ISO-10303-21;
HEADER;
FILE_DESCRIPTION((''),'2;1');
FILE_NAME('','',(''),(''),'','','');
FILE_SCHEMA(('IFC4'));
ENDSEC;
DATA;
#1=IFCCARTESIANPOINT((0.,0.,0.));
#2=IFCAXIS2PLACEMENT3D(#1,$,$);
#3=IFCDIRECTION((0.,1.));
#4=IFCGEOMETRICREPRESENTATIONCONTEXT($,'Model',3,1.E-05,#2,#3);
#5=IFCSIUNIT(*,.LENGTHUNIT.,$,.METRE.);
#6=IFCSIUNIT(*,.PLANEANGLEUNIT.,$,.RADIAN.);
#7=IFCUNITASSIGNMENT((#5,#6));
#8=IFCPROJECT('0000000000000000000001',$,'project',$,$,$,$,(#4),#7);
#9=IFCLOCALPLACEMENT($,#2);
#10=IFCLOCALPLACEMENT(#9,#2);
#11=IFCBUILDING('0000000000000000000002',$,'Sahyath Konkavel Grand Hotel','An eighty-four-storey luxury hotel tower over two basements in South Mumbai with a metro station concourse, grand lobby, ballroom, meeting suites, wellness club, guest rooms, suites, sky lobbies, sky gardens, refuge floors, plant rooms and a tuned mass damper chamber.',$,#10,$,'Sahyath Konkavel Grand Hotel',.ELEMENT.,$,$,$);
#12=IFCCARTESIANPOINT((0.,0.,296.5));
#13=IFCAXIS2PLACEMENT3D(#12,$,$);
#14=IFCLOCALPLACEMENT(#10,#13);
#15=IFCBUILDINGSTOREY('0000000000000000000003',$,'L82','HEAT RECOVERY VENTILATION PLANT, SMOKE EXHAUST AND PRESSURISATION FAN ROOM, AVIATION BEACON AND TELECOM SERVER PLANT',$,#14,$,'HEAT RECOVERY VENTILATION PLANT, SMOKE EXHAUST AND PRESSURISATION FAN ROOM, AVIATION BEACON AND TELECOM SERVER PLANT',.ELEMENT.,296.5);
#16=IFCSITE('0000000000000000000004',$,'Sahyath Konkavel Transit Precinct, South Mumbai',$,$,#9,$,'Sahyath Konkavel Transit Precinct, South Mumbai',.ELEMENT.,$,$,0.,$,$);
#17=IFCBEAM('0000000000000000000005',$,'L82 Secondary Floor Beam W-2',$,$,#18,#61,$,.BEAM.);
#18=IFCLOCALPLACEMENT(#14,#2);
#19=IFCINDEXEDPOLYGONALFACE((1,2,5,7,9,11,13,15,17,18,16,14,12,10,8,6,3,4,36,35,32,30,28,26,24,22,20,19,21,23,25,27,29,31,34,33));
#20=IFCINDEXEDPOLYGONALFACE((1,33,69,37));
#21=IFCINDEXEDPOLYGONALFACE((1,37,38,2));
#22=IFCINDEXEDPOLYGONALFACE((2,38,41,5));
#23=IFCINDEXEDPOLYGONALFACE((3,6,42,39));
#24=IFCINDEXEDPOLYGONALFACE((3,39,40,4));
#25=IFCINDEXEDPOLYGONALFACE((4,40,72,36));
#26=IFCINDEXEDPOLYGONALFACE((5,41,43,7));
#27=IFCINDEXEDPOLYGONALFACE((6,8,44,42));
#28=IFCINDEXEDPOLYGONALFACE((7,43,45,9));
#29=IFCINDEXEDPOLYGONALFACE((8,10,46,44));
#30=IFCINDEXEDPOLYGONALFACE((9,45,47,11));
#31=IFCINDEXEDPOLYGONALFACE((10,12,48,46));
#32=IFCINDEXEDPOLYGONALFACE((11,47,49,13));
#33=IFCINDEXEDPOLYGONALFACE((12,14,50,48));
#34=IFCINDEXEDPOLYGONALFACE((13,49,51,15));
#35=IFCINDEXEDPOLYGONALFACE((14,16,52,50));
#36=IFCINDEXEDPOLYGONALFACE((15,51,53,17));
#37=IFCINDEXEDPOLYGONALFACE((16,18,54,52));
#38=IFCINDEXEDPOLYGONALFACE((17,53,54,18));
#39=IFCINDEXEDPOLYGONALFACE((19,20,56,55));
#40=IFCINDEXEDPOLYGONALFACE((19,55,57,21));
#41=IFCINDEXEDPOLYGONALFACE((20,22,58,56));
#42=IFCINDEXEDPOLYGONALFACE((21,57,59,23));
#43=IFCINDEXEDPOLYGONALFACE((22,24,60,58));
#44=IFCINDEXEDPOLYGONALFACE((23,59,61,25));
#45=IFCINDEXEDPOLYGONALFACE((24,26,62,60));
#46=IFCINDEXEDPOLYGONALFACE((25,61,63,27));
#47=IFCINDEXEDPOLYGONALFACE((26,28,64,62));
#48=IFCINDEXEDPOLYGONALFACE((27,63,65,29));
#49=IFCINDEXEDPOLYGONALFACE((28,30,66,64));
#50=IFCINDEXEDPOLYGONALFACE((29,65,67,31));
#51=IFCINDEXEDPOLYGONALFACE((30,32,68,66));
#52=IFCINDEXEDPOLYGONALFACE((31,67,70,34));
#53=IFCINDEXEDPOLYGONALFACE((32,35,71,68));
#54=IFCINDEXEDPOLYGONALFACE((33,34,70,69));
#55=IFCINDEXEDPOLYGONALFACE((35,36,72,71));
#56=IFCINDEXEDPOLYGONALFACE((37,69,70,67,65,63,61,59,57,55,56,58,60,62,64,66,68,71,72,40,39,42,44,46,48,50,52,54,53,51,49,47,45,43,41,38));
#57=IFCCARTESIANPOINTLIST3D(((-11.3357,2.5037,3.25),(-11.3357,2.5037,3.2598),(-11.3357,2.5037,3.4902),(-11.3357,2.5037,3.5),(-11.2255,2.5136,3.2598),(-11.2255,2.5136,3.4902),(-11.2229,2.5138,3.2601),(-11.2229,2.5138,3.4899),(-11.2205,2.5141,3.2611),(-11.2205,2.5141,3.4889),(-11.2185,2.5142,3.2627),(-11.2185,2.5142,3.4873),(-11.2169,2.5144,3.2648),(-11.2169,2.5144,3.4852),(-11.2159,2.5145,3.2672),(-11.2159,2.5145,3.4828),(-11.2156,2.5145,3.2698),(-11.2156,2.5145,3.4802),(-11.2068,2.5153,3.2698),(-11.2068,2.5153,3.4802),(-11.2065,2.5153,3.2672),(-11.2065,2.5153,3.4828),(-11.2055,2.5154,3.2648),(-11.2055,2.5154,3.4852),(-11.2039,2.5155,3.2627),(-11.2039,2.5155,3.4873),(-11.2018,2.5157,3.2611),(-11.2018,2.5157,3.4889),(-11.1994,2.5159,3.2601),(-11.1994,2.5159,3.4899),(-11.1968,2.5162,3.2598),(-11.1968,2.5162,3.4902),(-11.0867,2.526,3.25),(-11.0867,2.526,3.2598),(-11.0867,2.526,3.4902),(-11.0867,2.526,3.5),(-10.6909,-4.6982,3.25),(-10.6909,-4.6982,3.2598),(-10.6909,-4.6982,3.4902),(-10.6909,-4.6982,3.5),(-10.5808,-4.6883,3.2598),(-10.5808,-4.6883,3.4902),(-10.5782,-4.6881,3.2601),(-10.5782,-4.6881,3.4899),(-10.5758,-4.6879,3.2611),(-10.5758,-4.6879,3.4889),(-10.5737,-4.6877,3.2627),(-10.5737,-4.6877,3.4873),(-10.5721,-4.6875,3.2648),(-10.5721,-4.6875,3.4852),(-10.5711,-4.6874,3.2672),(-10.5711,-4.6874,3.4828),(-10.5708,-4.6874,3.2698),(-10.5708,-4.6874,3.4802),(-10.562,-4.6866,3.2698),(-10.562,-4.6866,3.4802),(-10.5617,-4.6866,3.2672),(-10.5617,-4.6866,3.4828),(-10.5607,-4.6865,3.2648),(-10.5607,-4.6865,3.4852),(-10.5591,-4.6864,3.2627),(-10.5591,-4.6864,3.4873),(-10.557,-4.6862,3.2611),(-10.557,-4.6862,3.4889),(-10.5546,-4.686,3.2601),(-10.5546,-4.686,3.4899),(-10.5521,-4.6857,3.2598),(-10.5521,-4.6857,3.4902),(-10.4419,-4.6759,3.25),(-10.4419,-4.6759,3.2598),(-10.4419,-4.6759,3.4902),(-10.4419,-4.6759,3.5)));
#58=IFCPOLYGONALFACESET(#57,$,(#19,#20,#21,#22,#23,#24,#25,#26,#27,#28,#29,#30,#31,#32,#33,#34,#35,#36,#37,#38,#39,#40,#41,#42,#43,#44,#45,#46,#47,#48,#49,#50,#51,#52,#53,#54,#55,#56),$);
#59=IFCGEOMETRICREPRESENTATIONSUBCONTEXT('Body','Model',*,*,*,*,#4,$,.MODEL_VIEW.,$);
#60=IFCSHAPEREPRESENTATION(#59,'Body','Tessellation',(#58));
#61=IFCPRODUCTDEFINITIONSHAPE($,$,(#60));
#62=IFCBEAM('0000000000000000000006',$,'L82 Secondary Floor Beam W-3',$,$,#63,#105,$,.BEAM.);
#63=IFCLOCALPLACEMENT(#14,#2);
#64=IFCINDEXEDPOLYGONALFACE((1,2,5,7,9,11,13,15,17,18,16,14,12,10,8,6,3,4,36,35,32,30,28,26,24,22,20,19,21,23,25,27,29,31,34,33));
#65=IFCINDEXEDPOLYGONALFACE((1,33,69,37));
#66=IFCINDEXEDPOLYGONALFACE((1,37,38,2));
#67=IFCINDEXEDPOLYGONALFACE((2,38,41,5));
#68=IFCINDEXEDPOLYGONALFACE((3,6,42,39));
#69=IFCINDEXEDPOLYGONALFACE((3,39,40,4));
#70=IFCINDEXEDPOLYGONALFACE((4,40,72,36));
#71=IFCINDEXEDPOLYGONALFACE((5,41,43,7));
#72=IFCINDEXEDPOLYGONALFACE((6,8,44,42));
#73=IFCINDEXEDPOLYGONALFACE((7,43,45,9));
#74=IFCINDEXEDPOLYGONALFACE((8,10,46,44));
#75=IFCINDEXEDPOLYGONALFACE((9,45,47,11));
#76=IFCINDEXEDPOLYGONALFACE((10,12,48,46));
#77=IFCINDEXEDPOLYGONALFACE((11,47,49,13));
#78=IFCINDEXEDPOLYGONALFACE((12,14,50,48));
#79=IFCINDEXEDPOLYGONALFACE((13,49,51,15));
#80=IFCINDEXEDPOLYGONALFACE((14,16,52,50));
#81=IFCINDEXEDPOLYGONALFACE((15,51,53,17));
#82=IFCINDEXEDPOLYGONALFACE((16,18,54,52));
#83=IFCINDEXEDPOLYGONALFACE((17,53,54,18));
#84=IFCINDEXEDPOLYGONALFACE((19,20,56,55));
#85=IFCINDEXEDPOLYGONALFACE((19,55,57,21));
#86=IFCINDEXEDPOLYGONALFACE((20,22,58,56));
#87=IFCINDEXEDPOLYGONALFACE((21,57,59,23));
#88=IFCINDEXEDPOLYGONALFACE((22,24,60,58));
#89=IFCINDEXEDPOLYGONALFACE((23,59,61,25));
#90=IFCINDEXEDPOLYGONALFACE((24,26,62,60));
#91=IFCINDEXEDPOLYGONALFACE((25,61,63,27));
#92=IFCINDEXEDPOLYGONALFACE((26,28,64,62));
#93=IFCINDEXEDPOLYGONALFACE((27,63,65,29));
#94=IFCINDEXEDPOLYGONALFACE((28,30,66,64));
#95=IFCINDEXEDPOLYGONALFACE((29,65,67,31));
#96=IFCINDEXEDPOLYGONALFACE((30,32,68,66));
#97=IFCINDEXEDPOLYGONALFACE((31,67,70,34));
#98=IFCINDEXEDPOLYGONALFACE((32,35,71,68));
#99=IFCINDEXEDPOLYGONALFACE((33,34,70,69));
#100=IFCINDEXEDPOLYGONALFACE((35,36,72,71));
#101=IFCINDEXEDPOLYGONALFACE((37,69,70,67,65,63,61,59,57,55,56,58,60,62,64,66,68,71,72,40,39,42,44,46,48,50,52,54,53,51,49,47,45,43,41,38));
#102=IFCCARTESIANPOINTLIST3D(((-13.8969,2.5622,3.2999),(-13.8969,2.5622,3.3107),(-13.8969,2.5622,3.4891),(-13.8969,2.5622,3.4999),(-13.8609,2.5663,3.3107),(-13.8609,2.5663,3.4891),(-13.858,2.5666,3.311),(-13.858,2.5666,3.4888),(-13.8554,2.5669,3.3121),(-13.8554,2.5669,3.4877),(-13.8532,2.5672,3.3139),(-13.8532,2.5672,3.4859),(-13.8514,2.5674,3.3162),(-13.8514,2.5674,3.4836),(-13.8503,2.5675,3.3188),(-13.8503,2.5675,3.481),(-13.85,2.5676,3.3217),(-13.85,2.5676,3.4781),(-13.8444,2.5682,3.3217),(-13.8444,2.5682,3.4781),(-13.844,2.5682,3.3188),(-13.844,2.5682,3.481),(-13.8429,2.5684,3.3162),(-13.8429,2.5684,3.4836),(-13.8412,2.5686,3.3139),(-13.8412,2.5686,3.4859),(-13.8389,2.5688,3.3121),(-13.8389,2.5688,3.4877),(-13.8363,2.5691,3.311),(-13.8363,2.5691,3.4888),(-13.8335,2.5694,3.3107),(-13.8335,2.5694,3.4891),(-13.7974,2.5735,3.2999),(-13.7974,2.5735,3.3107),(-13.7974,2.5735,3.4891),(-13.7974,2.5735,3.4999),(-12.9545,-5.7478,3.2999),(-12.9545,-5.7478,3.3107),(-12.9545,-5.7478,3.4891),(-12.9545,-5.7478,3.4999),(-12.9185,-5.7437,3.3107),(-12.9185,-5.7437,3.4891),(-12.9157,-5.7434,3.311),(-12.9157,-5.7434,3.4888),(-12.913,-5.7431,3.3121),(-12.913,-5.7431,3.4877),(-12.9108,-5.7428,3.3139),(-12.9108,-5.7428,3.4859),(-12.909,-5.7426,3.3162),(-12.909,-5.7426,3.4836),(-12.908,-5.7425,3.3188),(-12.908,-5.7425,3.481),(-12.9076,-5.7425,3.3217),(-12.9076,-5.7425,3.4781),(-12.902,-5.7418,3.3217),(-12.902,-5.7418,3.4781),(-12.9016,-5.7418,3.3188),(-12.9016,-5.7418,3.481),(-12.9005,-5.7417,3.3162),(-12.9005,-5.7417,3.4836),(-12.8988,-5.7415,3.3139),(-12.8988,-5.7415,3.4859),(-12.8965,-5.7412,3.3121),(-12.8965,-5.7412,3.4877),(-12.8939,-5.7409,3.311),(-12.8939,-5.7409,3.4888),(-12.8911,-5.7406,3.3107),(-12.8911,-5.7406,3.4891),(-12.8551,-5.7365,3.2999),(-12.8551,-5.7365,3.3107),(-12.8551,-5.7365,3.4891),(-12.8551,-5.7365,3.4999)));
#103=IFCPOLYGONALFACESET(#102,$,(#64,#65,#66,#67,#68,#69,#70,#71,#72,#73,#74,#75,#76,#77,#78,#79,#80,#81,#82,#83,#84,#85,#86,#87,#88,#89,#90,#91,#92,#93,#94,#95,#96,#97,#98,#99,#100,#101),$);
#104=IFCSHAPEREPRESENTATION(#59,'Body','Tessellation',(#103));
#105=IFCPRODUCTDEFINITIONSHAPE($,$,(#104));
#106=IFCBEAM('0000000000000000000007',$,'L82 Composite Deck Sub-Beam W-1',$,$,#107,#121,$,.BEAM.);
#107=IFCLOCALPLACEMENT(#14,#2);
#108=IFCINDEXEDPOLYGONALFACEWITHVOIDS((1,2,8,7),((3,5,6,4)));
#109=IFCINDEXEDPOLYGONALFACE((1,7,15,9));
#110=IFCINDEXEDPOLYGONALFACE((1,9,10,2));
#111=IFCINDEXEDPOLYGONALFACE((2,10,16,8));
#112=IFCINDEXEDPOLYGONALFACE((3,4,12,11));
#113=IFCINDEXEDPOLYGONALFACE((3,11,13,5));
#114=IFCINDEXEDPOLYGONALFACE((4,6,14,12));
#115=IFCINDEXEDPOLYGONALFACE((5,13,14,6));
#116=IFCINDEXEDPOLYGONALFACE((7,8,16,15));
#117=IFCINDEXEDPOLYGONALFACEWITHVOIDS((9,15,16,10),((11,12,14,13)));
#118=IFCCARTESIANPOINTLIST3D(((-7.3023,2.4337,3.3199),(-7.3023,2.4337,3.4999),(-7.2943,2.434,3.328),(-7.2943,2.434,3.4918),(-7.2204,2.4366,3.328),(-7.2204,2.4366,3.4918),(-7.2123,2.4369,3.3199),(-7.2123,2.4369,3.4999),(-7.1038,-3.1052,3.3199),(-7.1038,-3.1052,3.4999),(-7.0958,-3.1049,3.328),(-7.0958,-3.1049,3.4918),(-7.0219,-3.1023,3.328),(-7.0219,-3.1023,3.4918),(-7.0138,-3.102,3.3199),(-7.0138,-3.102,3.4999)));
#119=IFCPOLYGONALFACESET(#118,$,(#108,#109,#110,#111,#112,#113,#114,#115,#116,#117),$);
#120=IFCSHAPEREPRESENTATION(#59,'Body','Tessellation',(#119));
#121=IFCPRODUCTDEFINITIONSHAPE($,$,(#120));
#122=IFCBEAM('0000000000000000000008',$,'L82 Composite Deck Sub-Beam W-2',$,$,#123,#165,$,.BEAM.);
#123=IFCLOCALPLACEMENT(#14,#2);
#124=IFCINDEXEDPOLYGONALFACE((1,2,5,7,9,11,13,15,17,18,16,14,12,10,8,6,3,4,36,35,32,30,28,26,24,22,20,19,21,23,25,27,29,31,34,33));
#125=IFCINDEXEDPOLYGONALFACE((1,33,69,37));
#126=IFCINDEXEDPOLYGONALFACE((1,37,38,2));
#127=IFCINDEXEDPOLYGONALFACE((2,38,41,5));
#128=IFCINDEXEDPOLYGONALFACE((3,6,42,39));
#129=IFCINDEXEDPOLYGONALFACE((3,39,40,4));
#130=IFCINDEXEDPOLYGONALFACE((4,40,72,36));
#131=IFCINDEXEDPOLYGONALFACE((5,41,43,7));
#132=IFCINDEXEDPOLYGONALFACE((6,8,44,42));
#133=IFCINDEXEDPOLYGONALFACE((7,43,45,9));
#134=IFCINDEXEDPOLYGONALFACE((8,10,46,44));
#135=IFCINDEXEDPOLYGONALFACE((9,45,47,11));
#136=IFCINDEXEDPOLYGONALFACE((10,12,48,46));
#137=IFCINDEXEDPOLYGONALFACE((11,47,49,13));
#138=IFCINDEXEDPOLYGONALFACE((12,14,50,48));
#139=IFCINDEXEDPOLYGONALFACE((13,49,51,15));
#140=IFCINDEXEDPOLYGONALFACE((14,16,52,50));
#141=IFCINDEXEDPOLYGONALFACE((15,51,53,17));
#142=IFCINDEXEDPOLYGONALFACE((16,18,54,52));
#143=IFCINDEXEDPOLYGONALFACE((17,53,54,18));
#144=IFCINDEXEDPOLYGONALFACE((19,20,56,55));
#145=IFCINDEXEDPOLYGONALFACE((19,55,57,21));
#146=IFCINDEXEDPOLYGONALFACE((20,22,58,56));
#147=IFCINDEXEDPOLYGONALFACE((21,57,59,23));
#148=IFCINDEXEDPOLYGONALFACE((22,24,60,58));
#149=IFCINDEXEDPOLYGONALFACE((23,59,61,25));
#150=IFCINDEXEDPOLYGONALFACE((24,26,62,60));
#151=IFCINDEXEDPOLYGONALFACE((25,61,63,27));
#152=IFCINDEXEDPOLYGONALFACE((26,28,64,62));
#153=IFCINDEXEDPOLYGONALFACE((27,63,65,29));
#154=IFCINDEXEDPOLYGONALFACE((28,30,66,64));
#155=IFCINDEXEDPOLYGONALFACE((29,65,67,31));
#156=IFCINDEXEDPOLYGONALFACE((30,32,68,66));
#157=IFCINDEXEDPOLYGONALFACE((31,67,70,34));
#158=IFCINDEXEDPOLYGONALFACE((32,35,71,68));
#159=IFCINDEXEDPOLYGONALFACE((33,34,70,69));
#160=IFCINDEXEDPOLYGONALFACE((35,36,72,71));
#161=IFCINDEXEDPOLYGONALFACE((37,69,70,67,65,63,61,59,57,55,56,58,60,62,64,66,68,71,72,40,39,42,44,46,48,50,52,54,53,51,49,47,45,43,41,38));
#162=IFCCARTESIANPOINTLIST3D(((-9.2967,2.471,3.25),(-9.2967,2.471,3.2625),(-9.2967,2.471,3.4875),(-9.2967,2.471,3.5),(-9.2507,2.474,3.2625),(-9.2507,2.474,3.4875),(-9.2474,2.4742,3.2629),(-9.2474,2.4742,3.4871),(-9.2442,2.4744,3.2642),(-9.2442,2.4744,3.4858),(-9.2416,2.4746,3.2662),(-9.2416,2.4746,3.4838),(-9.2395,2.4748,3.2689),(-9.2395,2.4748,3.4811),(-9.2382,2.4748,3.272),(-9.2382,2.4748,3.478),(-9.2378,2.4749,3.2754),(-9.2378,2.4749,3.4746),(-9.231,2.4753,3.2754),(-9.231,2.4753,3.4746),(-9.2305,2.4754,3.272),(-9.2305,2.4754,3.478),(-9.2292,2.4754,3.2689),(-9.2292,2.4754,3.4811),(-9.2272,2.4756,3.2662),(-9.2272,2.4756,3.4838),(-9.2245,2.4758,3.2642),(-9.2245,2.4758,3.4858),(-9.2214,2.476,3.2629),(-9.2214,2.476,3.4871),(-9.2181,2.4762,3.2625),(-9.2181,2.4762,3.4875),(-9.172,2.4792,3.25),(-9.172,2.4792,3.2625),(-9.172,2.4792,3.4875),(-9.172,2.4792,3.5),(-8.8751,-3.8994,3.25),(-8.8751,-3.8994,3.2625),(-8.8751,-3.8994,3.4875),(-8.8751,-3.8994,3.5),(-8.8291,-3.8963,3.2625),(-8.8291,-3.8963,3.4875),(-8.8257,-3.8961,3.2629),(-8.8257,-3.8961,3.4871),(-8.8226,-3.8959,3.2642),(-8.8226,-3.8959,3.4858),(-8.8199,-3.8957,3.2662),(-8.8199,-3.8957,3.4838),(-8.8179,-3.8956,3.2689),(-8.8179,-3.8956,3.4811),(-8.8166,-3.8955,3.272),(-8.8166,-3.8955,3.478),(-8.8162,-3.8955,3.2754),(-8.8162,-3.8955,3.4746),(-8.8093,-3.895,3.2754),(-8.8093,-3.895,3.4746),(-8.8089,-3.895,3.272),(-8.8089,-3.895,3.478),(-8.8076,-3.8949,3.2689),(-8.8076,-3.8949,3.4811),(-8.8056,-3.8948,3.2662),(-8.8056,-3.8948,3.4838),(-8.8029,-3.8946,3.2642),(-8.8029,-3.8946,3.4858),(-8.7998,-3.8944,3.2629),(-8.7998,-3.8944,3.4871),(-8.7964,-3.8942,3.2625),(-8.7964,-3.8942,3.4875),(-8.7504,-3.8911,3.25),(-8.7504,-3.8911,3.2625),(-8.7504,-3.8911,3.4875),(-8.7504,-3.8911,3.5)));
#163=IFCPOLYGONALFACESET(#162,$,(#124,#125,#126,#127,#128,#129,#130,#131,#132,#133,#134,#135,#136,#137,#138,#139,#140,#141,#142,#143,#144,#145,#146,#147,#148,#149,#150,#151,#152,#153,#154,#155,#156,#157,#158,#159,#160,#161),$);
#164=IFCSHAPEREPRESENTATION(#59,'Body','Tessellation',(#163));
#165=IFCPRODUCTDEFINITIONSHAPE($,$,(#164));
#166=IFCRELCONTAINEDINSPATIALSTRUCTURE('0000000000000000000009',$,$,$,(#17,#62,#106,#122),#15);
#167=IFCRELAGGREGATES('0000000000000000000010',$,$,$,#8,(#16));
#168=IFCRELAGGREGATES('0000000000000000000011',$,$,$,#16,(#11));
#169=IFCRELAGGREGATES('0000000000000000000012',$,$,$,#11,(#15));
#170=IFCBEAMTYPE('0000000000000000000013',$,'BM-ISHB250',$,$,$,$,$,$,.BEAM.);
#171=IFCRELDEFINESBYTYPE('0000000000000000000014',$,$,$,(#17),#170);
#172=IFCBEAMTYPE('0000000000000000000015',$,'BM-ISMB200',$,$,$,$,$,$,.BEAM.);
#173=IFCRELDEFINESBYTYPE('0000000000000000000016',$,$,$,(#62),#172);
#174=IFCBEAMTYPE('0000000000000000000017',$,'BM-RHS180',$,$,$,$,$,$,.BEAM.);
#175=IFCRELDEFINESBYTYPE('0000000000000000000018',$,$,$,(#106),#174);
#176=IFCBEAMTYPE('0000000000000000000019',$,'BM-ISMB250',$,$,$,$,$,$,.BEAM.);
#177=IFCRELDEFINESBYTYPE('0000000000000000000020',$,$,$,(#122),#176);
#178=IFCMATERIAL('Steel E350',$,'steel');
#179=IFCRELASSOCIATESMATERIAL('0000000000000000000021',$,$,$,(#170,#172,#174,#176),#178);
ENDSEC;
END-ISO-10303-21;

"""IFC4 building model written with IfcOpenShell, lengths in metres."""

from ifc_helpers import new_model, si_unit, direction, frame, origin, origin_2d, place, context, subcontext, project, spatial, hollow_rectangle, i_section, extrude, source, transform, mapped, material, material_profile, profile_set, type_object, element, save


model = new_model("IFC4")

# Units and contexts
model_context = context("Model", 3, precision=1e-05, world=origin(), true_north=direction((0.0, 1.0)))
body_context = subcontext(model_context, "Body", "Model", "MODEL_VIEW")
ifc_project = project(units=[si_unit("LENGTHUNIT", "METRE"), si_unit("PLANEANGLEUNIT", "RADIAN")], contexts=[model_context])

# Site, building, storey
site_placement = place(None, origin())
site = spatial("IfcSite", under=ifc_project, at=site_placement, Name="Sahyath Konkavel Transit Precinct, South Mumbai", LongName="Sahyath Konkavel Transit Precinct, South Mumbai", CompositionType="ELEMENT", RefElevation=0.0)
building_placement = place(site_placement, origin())
building = spatial("IfcBuilding", under=site, at=building_placement, Name="Sahyath Konkavel Grand Hotel", Description="An eighty-four-storey luxury hotel tower over two basements in South Mumbai with a metro station concourse, grand lobby, ballroom, meeting suites, wellness club, guest rooms, suites, sky lobbies, sky gardens, refuge floors, plant rooms and a tuned mass damper chamber.", LongName="Sahyath Konkavel Grand Hotel", CompositionType="ELEMENT")
storey_placement = place(building_placement, frame((0.0, 0.0, 296.5)))
storey = spatial("IfcBuildingStorey", under=building, at=storey_placement, Name="L82", Description="HEAT RECOVERY VENTILATION PLANT, SMOKE EXHAUST AND PRESSURISATION FAN ROOM, AVIATION BEACON AND TELECOM SERVER PLANT", LongName="HEAT RECOVERY VENTILATION PLANT, SMOKE EXHAUST AND PRESSURISATION FAN ROOM, AVIATION BEACON AND TELECOM SERVER PLANT", CompositionType="ELEMENT", Elevation=296.5)

# Beams
ifc_material_1 = material(Name="Steel E350", Category="steel")
ifc_material_profile_1 = material_profile(ifc_material_1, i_section(OverallWidth=0.25, OverallDepth=0.25, WebThickness=0.0088, FlangeThickness=0.0098, FilletRadius=0.01, at=origin_2d()), Name="ISHB 250")
ifc_profile_set_1 = profile_set([ifc_material_profile_1], Name="Steel E350")
beam_type_1 = type_object("IfcBeamType", Name="BM-ISHB250", PredefinedType="BEAM", material=ifc_profile_set_1)
shared_shape_1 = source(origin(), body_context, "Body", "SweptSolid", [
    extrude(i_section(OverallWidth=0.25, OverallDepth=0.25, WebThickness=0.0088, FlangeThickness=0.0098, FilletRadius=0.01, at=origin_2d()), origin(), (0.0, 0.0, 1.0), 7.2307),
])
beam_1_placement = place(storey_placement, frame((-11.2112, 2.5149, 3.375), z_axis=(0.089172, -0.996016, 0.0), x_axis=(0.996016, 0.089172, 0.0)))
element("IfcBeam", 1, at=beam_1_placement, inside=storey, type_object=beam_type_1, Name="L82 Secondary Floor Beam W-2", PredefinedType="BEAM", context=body_context, shape_type="MappedRepresentation", body=[
    mapped(shared_shape_1, transform((0.0, 0.0, 0.0), scale=1.0)),
])
ifc_material_profile_2 = material_profile(ifc_material_1, i_section(OverallWidth=0.1001, OverallDepth=0.2, WebThickness=0.0056, FlangeThickness=0.0107, FilletRadius=0.011, at=origin_2d()), Name="ISMB 200")
ifc_profile_set_2 = profile_set([ifc_material_profile_2], Name="Steel E350")
beam_type_2 = type_object("IfcBeamType", Name="BM-ISMB200", PredefinedType="BEAM", material=ifc_profile_set_2)
shared_shape_2 = source(origin(), body_context, "Body", "SweptSolid", [
    extrude(i_section(OverallWidth=0.1001, OverallDepth=0.2, WebThickness=0.0056, FlangeThickness=0.0107, FilletRadius=0.011, at=origin_2d()), origin(), (0.0, 0.0, 1.0), 8.3633),
])
beam_2_placement = place(storey_placement, frame((-13.8472, 2.5679, 3.3999), z_axis=(0.11268, -0.993631, 0.0), x_axis=(0.993631, 0.11268, 0.0)))
element("IfcBeam", 2, at=beam_2_placement, inside=storey, type_object=beam_type_2, Name="L82 Secondary Floor Beam W-3", PredefinedType="BEAM", context=body_context, shape_type="MappedRepresentation", body=[
    mapped(shared_shape_2, transform((0.0, 0.0, 0.0), scale=1.0)),
])
ifc_material_profile_3 = material_profile(ifc_material_1, hollow_rectangle(XDim=0.0901, YDim=0.1799, WallThickness=0.0081, at=origin_2d()), Name="RHS 180x90x8")
ifc_profile_set_3 = profile_set([ifc_material_profile_3], Name="Steel E350")
beam_type_3 = type_object("IfcBeamType", Name="BM-RHS180", PredefinedType="BEAM", material=ifc_profile_set_3)
shared_shape_3 = source(origin(), body_context, "Body", "SweptSolid", [
    extrude(hollow_rectangle(XDim=0.0901, YDim=0.1799, WallThickness=0.0081, at=origin_2d()), origin(), (0.0, 0.0, 1.0), 5.5425),
])
beam_3_placement = place(storey_placement, frame((-7.2573, 2.4353, 3.4099), z_axis=(0.035813, -0.999359, 0.0), x_axis=(0.999359, 0.035813, 0.0)))
element("IfcBeam", 3, at=beam_3_placement, inside=storey, type_object=beam_type_3, Name="L82 Composite Deck Sub-Beam W-1", PredefinedType="BEAM", context=body_context, shape_type="MappedRepresentation", body=[
    mapped(shared_shape_3, transform((0.0, 0.0, 0.0), scale=1.0)),
])
ifc_material_profile_4 = material_profile(ifc_material_1, i_section(OverallWidth=0.125, OverallDepth=0.25, WebThickness=0.0068, FlangeThickness=0.0125, FilletRadius=0.0129, at=origin_2d()), Name="ISMB 250")
ifc_profile_set_4 = profile_set([ifc_material_profile_4], Name="Steel E350")
beam_type_4 = type_object("IfcBeamType", Name="BM-ISMB250", PredefinedType="BEAM", material=ifc_profile_set_4)
shared_shape_4 = source(origin(), body_context, "Body", "SweptSolid", [
    extrude(i_section(OverallWidth=0.125, OverallDepth=0.25, WebThickness=0.0068, FlangeThickness=0.0125, FilletRadius=0.0129, at=origin_2d()), origin(), (0.0, 0.0, 1.0), 6.3843),
])
beam_4_placement = place(storey_placement, frame((-9.2344, 2.4751, 3.375), z_axis=(0.066042, -0.997817, 0.0), x_axis=(0.997817, 0.066042, 0.0)))
element("IfcBeam", 4, at=beam_4_placement, inside=storey, type_object=beam_type_4, Name="L82 Composite Deck Sub-Beam W-2", PredefinedType="BEAM", context=body_context, shape_type="MappedRepresentation", body=[
    mapped(shared_shape_4, transform((0.0, 0.0, 0.0), scale=1.0)),
])

save(model, "model.ifc")
